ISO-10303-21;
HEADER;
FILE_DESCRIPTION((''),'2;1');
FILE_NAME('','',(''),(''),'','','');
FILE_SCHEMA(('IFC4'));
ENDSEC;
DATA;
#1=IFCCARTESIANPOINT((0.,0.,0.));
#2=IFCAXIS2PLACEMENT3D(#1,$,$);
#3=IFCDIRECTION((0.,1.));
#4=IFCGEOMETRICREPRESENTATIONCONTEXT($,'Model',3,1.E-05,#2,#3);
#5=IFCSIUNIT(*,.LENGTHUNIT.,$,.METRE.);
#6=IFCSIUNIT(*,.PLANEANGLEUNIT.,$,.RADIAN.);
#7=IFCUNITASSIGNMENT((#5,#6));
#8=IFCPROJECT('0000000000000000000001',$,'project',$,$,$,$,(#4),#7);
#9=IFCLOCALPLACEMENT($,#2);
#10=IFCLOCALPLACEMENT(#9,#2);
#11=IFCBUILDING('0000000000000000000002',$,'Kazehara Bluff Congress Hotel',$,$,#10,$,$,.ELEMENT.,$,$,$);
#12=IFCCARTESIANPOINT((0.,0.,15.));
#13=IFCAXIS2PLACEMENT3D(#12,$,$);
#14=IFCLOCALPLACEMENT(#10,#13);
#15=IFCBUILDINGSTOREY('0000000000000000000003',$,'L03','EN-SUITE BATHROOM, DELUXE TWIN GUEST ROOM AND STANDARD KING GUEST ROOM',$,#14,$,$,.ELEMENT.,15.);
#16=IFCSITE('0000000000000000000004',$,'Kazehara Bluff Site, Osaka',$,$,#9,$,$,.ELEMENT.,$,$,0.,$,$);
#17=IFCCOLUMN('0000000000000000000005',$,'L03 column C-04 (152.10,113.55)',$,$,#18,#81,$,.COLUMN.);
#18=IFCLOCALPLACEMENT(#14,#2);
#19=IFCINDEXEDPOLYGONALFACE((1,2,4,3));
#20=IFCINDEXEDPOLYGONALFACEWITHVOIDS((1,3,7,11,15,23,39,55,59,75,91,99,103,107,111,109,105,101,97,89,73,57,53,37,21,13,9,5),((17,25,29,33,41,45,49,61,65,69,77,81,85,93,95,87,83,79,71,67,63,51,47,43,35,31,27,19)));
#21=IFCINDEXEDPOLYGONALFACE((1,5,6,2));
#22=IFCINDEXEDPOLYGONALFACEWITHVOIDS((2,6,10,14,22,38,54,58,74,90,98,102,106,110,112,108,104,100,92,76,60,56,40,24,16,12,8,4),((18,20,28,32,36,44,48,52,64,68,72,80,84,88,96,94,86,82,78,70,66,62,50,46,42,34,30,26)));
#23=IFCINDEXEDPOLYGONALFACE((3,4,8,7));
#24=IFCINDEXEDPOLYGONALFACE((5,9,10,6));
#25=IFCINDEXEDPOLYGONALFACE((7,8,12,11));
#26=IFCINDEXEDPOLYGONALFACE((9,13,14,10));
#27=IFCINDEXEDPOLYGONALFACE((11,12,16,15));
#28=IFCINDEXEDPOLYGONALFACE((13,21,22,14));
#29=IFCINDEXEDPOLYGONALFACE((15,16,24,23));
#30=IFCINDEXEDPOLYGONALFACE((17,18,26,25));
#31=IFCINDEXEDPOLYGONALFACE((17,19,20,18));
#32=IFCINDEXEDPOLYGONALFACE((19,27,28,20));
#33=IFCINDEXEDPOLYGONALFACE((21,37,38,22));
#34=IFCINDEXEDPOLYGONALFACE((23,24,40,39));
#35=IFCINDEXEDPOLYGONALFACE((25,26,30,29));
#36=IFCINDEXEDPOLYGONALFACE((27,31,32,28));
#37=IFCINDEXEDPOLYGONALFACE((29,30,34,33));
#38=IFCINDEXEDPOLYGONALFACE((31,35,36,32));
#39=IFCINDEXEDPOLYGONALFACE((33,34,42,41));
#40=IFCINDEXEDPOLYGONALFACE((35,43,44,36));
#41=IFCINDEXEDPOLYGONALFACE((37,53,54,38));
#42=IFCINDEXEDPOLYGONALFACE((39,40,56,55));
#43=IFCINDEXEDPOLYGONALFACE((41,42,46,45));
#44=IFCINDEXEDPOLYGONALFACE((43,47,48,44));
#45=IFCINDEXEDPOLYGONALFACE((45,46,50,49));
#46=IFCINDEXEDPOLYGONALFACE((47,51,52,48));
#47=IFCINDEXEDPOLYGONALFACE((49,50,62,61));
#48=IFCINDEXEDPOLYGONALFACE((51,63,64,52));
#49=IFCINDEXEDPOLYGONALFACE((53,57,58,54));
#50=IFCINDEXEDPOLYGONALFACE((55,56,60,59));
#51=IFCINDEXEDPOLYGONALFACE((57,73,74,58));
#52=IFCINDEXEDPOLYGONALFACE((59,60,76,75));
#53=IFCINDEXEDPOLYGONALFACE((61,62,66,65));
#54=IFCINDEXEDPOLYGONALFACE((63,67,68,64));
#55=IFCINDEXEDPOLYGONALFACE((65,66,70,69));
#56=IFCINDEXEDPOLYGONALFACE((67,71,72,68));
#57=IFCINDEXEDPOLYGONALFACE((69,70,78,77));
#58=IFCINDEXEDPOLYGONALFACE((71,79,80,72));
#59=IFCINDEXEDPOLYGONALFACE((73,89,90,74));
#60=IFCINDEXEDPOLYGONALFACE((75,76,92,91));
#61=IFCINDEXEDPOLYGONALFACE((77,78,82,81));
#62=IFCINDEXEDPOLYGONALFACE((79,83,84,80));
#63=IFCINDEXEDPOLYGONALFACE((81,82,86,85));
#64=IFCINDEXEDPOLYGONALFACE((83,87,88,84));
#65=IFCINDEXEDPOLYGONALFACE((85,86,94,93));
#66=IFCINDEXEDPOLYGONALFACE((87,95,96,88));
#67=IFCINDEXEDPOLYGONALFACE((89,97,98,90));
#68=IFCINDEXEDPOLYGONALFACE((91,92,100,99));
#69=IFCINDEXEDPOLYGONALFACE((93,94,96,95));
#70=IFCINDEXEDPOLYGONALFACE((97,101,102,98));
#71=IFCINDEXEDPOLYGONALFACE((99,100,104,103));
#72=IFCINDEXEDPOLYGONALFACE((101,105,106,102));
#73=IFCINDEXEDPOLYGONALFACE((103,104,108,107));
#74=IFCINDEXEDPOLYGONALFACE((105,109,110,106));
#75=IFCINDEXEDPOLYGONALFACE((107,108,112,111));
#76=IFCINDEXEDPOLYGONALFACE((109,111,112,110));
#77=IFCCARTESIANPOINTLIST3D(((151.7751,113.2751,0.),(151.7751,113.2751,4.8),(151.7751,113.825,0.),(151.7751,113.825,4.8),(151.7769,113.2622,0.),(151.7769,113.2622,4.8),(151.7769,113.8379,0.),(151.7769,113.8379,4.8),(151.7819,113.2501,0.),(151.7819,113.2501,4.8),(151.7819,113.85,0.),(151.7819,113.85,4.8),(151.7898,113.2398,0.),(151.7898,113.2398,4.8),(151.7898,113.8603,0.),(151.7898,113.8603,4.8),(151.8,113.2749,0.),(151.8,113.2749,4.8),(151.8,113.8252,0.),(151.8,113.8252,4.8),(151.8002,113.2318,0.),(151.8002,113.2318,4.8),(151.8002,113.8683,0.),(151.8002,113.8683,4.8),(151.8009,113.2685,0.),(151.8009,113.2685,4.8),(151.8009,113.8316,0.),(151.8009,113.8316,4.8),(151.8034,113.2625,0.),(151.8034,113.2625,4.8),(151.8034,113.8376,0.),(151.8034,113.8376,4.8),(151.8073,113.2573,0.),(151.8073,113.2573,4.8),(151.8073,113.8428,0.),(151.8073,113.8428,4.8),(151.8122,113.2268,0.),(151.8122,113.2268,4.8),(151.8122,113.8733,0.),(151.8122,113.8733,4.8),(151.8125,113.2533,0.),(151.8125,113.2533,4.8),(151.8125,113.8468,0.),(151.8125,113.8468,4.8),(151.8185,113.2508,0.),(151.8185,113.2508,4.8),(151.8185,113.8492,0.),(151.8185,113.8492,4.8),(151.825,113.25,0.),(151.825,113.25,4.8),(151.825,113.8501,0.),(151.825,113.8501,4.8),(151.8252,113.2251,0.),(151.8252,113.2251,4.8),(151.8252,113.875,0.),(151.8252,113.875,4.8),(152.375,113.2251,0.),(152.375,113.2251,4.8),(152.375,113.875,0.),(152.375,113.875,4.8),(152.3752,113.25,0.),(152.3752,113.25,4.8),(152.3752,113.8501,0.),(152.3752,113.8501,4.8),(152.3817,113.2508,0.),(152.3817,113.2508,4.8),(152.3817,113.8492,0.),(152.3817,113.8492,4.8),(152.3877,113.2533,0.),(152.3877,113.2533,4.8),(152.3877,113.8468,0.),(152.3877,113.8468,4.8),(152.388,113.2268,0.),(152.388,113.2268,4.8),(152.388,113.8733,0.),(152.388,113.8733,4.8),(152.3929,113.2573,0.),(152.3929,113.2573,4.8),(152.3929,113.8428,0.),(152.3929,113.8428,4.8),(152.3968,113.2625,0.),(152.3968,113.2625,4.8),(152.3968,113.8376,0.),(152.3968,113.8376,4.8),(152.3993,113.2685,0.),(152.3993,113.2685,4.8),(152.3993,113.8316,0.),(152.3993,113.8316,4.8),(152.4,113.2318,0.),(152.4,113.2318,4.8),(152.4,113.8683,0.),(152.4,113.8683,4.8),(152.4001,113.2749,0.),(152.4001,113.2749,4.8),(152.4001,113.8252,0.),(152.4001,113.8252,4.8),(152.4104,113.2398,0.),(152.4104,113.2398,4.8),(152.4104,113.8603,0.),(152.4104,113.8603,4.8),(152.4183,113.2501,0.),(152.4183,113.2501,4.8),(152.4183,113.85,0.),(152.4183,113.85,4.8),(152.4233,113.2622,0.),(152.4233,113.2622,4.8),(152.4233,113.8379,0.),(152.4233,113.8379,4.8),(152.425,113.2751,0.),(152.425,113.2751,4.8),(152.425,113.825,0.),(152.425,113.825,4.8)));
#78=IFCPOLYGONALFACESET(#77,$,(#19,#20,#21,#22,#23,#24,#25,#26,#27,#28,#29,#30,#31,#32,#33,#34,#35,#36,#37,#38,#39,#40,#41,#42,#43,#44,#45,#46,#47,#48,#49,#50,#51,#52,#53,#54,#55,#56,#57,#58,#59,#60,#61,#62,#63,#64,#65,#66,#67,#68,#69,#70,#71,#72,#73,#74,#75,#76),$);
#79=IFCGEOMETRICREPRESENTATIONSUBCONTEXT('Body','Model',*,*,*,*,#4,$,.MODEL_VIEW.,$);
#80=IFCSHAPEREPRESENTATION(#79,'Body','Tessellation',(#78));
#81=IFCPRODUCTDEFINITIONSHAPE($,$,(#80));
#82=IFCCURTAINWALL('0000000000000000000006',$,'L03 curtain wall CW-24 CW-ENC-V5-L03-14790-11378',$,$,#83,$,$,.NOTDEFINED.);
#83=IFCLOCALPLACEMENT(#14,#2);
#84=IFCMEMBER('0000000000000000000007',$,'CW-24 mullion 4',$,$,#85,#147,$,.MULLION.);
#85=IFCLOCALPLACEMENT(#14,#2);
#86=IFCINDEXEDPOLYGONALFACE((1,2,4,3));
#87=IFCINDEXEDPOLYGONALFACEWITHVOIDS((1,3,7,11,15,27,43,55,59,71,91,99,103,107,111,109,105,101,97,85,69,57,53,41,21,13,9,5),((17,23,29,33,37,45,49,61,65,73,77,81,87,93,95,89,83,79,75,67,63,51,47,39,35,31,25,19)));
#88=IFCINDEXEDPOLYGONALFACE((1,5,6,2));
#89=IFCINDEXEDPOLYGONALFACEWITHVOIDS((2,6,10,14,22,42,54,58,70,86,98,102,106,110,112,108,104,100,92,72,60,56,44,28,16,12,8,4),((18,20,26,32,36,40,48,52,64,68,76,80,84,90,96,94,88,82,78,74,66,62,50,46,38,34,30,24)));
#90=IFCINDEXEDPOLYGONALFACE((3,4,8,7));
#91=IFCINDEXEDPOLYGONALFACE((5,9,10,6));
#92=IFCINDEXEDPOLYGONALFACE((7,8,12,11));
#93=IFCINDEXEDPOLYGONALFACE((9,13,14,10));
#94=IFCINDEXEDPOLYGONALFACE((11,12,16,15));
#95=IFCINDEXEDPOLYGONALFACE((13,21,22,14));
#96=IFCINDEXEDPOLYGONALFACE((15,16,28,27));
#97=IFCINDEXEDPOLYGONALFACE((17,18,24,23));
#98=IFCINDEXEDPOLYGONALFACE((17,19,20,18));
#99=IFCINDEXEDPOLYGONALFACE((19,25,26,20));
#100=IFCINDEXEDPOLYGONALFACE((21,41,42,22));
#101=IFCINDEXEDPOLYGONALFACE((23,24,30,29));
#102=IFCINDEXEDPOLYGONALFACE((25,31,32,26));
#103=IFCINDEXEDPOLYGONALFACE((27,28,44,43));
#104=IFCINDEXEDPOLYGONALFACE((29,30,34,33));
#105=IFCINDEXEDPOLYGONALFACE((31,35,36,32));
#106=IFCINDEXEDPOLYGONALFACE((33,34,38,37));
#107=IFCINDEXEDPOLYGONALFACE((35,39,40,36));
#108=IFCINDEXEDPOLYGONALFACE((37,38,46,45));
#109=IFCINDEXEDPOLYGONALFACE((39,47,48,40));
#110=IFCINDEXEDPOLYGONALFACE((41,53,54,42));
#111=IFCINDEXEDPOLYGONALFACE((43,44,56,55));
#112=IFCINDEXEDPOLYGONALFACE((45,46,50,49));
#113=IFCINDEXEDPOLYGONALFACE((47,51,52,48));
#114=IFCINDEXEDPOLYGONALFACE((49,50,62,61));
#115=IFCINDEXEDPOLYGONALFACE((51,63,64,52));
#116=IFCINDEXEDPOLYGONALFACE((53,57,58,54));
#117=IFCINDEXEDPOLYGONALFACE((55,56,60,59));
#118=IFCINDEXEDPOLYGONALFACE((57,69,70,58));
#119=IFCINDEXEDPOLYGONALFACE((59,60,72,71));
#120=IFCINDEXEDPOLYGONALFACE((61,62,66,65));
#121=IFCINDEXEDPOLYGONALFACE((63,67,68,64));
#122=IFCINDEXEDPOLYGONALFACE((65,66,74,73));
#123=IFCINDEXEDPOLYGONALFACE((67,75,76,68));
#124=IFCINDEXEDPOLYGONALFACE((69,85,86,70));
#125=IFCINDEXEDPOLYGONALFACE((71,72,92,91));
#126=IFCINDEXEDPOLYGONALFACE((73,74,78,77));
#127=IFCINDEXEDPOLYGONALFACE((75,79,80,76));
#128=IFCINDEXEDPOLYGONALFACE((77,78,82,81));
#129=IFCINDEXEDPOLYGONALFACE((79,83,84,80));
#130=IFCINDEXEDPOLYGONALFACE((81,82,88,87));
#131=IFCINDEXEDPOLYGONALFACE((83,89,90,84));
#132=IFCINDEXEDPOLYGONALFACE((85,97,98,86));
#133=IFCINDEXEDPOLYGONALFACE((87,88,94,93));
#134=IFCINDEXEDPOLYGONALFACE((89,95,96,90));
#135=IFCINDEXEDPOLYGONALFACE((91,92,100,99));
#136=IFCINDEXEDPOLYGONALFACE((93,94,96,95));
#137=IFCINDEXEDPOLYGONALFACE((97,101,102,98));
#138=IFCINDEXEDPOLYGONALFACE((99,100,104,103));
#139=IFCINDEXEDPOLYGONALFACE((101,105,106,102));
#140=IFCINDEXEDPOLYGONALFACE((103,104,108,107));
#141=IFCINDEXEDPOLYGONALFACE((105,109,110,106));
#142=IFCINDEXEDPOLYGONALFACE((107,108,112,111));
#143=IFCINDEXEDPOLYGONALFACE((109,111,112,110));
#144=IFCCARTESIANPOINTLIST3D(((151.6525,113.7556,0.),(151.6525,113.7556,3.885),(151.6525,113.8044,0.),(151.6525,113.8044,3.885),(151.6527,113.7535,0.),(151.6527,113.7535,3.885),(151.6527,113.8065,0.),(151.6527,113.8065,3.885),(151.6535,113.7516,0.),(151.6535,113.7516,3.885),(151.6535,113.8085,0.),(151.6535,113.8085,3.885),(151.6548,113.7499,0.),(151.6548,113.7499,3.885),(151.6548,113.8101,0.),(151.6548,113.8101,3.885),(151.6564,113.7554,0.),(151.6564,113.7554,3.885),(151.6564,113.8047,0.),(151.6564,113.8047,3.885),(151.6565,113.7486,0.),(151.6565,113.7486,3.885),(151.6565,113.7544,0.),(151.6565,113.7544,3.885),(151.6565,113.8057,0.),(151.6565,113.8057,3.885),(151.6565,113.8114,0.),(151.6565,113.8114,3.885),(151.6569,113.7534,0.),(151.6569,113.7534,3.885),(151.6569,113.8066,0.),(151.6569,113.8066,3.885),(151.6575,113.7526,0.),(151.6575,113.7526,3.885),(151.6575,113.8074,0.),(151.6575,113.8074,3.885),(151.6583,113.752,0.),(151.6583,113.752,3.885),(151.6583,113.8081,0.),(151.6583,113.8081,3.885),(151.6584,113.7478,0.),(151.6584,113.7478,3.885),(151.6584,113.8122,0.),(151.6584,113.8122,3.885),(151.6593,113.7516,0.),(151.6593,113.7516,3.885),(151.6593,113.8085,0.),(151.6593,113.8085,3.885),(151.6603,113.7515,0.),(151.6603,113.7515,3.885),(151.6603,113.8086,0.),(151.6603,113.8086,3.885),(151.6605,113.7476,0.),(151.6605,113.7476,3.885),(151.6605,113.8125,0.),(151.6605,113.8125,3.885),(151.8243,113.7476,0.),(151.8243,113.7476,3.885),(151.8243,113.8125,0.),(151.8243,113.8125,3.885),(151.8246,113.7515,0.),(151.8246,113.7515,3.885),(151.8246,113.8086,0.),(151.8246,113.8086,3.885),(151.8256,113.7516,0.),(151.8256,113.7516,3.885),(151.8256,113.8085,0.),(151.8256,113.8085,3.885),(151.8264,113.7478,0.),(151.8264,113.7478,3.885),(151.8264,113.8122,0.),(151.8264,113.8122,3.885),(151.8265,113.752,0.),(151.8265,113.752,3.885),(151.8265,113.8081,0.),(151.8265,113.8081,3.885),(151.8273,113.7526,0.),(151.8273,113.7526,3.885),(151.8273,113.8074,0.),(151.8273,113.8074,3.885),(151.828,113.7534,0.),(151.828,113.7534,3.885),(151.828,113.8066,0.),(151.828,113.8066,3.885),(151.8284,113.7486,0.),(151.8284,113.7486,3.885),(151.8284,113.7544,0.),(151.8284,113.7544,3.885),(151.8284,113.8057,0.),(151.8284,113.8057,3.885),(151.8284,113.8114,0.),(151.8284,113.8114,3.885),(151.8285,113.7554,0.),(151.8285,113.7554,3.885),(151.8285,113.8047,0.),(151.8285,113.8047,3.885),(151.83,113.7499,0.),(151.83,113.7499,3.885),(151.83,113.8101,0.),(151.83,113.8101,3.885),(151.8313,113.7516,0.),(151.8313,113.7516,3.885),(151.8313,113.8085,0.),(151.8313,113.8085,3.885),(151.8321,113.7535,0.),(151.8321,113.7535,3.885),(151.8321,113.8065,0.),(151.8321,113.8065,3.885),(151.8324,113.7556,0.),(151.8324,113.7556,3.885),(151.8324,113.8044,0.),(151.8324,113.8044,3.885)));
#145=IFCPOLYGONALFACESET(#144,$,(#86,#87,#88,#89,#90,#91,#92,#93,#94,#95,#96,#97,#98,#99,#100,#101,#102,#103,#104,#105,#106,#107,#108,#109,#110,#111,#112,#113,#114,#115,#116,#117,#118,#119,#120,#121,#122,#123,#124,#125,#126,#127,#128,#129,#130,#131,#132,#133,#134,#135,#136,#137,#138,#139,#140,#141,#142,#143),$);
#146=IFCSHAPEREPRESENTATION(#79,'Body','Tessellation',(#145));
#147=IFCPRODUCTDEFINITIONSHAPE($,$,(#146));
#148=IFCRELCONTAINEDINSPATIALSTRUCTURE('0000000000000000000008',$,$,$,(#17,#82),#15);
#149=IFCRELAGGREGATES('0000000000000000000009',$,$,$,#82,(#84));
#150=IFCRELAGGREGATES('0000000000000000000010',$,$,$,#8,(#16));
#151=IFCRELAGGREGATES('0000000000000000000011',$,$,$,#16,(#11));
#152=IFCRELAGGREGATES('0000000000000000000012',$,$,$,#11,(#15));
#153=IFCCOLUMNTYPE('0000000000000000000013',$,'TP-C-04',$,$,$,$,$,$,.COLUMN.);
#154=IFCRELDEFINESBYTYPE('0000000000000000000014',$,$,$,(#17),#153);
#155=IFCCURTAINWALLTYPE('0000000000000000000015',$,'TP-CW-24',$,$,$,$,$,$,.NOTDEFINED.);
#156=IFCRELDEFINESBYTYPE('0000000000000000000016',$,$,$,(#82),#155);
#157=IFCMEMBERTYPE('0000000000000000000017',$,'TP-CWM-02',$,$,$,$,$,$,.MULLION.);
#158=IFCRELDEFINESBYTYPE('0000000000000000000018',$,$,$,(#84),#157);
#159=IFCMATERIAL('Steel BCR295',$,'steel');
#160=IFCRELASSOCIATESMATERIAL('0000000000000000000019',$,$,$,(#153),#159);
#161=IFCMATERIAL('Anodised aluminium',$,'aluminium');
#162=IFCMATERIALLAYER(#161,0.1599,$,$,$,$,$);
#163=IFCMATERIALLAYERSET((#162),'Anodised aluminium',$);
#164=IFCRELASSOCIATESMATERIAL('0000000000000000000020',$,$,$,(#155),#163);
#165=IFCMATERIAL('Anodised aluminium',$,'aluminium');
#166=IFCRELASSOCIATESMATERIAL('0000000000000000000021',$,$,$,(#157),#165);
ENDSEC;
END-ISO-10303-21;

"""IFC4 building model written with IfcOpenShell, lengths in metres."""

from ifc_helpers import new_model, si_unit, direction, frame, origin, origin_2d, place, context, subcontext, project, spatial, hollow_rectangle, extrude, material, layer, layer_set, material_profile, profile_set, type_object, element, aggregate, save


model = new_model("IFC4")

# Units and contexts
model_context = context("Model", 3, precision=1e-05, world=origin(), true_north=direction((0.0, 1.0)))
body_context = subcontext(model_context, "Body", "Model", "MODEL_VIEW")
ifc_project = project(units=[si_unit("LENGTHUNIT", "METRE"), si_unit("PLANEANGLEUNIT", "RADIAN")], contexts=[model_context])

# Site, building, storey
site_placement = place(None, origin())
site = spatial("IfcSite", under=ifc_project, at=site_placement, Name="Kazehara Bluff Site, Osaka", CompositionType="ELEMENT", RefElevation=0.0)
building_placement = place(site_placement, origin())
building = spatial("IfcBuilding", under=site, at=building_placement, Name="Kazehara Bluff Congress Hotel", CompositionType="ELEMENT")
storey_placement = place(building_placement, frame((0.0, 0.0, 15.0)))
storey = spatial("IfcBuildingStorey", under=building, at=storey_placement, Name="L03", Description="EN-SUITE BATHROOM, DELUXE TWIN GUEST ROOM AND STANDARD KING GUEST ROOM", CompositionType="ELEMENT", Elevation=15.0)

# Column
ifc_material_1 = material(Name="Steel BCR295", Category="steel")
ifc_material_profile_1 = material_profile(ifc_material_1, hollow_rectangle(XDim=0.6499, YDim=0.6499, WallThickness=0.0249, InnerFilletRadius=0.0249, OuterFilletRadius=0.05, at=origin_2d()))
ifc_profile_set_1 = profile_set([ifc_material_profile_1], Name="Steel BCR295")
column_type = type_object("IfcColumnType", Name="TP-C-04", PredefinedType="COLUMN", material=ifc_profile_set_1)
column_placement = place(storey_placement, frame((152.1001, 113.55, 0.0), z_axis=(0.0, 0.0, 1.0), x_axis=(1.0, 0.0, 0.0)))
element("IfcColumn", 1, at=column_placement, inside=storey, type_object=column_type, Name="L03 column C-04 (152.10,113.55)", PredefinedType="COLUMN", context=body_context, shape_type="SweptSolid", body=[
    extrude(hollow_rectangle(XDim=0.6499, YDim=0.6499, WallThickness=0.0249, InnerFilletRadius=0.0249, OuterFilletRadius=0.05, at=origin_2d()), origin(), (0.0, 0.0, 1.0), 4.8),
])

# Curtain wall, member
ifc_material_2 = material(Name="Anodised aluminium", Category="aluminium")
ifc_layer_1 = layer(ifc_material_2, 0.1599)
ifc_layer_set_1 = layer_set([ifc_layer_1], Name="Anodised aluminium")
curtain_wall_type = type_object("IfcCurtainWallType", Name="TP-CW-24", PredefinedType="NOTDEFINED", material=ifc_layer_set_1)
curtain_wall_1_placement = place(storey_placement, origin())
curtain_wall_1 = element("IfcCurtainWall", 2, at=curtain_wall_1_placement, inside=storey, type_object=curtain_wall_type, Name="L03 curtain wall CW-24 CW-ENC-V5-L03-14790-11378", PredefinedType="NOTDEFINED")
ifc_material_3 = material(Name="Anodised aluminium", Category="aluminium")
ifc_material_profile_2 = material_profile(ifc_material_3, hollow_rectangle(XDim=0.0649, YDim=0.1799, WallThickness=0.0039, InnerFilletRadius=0.0039, OuterFilletRadius=0.0081, at=origin_2d()))
ifc_profile_set_2 = profile_set([ifc_material_profile_2], Name="Anodised aluminium")
member_type_1 = type_object("IfcMemberType", Name="TP-CWM-02", PredefinedType="MULLION", material=ifc_profile_set_2)
member_1_placement = place(storey_placement, frame((151.7424, 113.78, 0.0), z_axis=(0.0, 0.0, 1.0), x_axis=(0.0, 1.0, 0.0)))
member_1 = element("IfcMember", 3, at=member_1_placement, type_object=member_type_1, Name="CW-24 mullion 4", PredefinedType="MULLION", context=body_context, shape_type="SweptSolid", body=[
    extrude(hollow_rectangle(XDim=0.0649, YDim=0.1799, WallThickness=0.0039, InnerFilletRadius=0.0039, OuterFilletRadius=0.0081, at=origin_2d()), origin(), (0.0, 0.0, 1.0), 3.885),
])

aggregate(curtain_wall_1, [member_1])

save(model, "model.ifc")
